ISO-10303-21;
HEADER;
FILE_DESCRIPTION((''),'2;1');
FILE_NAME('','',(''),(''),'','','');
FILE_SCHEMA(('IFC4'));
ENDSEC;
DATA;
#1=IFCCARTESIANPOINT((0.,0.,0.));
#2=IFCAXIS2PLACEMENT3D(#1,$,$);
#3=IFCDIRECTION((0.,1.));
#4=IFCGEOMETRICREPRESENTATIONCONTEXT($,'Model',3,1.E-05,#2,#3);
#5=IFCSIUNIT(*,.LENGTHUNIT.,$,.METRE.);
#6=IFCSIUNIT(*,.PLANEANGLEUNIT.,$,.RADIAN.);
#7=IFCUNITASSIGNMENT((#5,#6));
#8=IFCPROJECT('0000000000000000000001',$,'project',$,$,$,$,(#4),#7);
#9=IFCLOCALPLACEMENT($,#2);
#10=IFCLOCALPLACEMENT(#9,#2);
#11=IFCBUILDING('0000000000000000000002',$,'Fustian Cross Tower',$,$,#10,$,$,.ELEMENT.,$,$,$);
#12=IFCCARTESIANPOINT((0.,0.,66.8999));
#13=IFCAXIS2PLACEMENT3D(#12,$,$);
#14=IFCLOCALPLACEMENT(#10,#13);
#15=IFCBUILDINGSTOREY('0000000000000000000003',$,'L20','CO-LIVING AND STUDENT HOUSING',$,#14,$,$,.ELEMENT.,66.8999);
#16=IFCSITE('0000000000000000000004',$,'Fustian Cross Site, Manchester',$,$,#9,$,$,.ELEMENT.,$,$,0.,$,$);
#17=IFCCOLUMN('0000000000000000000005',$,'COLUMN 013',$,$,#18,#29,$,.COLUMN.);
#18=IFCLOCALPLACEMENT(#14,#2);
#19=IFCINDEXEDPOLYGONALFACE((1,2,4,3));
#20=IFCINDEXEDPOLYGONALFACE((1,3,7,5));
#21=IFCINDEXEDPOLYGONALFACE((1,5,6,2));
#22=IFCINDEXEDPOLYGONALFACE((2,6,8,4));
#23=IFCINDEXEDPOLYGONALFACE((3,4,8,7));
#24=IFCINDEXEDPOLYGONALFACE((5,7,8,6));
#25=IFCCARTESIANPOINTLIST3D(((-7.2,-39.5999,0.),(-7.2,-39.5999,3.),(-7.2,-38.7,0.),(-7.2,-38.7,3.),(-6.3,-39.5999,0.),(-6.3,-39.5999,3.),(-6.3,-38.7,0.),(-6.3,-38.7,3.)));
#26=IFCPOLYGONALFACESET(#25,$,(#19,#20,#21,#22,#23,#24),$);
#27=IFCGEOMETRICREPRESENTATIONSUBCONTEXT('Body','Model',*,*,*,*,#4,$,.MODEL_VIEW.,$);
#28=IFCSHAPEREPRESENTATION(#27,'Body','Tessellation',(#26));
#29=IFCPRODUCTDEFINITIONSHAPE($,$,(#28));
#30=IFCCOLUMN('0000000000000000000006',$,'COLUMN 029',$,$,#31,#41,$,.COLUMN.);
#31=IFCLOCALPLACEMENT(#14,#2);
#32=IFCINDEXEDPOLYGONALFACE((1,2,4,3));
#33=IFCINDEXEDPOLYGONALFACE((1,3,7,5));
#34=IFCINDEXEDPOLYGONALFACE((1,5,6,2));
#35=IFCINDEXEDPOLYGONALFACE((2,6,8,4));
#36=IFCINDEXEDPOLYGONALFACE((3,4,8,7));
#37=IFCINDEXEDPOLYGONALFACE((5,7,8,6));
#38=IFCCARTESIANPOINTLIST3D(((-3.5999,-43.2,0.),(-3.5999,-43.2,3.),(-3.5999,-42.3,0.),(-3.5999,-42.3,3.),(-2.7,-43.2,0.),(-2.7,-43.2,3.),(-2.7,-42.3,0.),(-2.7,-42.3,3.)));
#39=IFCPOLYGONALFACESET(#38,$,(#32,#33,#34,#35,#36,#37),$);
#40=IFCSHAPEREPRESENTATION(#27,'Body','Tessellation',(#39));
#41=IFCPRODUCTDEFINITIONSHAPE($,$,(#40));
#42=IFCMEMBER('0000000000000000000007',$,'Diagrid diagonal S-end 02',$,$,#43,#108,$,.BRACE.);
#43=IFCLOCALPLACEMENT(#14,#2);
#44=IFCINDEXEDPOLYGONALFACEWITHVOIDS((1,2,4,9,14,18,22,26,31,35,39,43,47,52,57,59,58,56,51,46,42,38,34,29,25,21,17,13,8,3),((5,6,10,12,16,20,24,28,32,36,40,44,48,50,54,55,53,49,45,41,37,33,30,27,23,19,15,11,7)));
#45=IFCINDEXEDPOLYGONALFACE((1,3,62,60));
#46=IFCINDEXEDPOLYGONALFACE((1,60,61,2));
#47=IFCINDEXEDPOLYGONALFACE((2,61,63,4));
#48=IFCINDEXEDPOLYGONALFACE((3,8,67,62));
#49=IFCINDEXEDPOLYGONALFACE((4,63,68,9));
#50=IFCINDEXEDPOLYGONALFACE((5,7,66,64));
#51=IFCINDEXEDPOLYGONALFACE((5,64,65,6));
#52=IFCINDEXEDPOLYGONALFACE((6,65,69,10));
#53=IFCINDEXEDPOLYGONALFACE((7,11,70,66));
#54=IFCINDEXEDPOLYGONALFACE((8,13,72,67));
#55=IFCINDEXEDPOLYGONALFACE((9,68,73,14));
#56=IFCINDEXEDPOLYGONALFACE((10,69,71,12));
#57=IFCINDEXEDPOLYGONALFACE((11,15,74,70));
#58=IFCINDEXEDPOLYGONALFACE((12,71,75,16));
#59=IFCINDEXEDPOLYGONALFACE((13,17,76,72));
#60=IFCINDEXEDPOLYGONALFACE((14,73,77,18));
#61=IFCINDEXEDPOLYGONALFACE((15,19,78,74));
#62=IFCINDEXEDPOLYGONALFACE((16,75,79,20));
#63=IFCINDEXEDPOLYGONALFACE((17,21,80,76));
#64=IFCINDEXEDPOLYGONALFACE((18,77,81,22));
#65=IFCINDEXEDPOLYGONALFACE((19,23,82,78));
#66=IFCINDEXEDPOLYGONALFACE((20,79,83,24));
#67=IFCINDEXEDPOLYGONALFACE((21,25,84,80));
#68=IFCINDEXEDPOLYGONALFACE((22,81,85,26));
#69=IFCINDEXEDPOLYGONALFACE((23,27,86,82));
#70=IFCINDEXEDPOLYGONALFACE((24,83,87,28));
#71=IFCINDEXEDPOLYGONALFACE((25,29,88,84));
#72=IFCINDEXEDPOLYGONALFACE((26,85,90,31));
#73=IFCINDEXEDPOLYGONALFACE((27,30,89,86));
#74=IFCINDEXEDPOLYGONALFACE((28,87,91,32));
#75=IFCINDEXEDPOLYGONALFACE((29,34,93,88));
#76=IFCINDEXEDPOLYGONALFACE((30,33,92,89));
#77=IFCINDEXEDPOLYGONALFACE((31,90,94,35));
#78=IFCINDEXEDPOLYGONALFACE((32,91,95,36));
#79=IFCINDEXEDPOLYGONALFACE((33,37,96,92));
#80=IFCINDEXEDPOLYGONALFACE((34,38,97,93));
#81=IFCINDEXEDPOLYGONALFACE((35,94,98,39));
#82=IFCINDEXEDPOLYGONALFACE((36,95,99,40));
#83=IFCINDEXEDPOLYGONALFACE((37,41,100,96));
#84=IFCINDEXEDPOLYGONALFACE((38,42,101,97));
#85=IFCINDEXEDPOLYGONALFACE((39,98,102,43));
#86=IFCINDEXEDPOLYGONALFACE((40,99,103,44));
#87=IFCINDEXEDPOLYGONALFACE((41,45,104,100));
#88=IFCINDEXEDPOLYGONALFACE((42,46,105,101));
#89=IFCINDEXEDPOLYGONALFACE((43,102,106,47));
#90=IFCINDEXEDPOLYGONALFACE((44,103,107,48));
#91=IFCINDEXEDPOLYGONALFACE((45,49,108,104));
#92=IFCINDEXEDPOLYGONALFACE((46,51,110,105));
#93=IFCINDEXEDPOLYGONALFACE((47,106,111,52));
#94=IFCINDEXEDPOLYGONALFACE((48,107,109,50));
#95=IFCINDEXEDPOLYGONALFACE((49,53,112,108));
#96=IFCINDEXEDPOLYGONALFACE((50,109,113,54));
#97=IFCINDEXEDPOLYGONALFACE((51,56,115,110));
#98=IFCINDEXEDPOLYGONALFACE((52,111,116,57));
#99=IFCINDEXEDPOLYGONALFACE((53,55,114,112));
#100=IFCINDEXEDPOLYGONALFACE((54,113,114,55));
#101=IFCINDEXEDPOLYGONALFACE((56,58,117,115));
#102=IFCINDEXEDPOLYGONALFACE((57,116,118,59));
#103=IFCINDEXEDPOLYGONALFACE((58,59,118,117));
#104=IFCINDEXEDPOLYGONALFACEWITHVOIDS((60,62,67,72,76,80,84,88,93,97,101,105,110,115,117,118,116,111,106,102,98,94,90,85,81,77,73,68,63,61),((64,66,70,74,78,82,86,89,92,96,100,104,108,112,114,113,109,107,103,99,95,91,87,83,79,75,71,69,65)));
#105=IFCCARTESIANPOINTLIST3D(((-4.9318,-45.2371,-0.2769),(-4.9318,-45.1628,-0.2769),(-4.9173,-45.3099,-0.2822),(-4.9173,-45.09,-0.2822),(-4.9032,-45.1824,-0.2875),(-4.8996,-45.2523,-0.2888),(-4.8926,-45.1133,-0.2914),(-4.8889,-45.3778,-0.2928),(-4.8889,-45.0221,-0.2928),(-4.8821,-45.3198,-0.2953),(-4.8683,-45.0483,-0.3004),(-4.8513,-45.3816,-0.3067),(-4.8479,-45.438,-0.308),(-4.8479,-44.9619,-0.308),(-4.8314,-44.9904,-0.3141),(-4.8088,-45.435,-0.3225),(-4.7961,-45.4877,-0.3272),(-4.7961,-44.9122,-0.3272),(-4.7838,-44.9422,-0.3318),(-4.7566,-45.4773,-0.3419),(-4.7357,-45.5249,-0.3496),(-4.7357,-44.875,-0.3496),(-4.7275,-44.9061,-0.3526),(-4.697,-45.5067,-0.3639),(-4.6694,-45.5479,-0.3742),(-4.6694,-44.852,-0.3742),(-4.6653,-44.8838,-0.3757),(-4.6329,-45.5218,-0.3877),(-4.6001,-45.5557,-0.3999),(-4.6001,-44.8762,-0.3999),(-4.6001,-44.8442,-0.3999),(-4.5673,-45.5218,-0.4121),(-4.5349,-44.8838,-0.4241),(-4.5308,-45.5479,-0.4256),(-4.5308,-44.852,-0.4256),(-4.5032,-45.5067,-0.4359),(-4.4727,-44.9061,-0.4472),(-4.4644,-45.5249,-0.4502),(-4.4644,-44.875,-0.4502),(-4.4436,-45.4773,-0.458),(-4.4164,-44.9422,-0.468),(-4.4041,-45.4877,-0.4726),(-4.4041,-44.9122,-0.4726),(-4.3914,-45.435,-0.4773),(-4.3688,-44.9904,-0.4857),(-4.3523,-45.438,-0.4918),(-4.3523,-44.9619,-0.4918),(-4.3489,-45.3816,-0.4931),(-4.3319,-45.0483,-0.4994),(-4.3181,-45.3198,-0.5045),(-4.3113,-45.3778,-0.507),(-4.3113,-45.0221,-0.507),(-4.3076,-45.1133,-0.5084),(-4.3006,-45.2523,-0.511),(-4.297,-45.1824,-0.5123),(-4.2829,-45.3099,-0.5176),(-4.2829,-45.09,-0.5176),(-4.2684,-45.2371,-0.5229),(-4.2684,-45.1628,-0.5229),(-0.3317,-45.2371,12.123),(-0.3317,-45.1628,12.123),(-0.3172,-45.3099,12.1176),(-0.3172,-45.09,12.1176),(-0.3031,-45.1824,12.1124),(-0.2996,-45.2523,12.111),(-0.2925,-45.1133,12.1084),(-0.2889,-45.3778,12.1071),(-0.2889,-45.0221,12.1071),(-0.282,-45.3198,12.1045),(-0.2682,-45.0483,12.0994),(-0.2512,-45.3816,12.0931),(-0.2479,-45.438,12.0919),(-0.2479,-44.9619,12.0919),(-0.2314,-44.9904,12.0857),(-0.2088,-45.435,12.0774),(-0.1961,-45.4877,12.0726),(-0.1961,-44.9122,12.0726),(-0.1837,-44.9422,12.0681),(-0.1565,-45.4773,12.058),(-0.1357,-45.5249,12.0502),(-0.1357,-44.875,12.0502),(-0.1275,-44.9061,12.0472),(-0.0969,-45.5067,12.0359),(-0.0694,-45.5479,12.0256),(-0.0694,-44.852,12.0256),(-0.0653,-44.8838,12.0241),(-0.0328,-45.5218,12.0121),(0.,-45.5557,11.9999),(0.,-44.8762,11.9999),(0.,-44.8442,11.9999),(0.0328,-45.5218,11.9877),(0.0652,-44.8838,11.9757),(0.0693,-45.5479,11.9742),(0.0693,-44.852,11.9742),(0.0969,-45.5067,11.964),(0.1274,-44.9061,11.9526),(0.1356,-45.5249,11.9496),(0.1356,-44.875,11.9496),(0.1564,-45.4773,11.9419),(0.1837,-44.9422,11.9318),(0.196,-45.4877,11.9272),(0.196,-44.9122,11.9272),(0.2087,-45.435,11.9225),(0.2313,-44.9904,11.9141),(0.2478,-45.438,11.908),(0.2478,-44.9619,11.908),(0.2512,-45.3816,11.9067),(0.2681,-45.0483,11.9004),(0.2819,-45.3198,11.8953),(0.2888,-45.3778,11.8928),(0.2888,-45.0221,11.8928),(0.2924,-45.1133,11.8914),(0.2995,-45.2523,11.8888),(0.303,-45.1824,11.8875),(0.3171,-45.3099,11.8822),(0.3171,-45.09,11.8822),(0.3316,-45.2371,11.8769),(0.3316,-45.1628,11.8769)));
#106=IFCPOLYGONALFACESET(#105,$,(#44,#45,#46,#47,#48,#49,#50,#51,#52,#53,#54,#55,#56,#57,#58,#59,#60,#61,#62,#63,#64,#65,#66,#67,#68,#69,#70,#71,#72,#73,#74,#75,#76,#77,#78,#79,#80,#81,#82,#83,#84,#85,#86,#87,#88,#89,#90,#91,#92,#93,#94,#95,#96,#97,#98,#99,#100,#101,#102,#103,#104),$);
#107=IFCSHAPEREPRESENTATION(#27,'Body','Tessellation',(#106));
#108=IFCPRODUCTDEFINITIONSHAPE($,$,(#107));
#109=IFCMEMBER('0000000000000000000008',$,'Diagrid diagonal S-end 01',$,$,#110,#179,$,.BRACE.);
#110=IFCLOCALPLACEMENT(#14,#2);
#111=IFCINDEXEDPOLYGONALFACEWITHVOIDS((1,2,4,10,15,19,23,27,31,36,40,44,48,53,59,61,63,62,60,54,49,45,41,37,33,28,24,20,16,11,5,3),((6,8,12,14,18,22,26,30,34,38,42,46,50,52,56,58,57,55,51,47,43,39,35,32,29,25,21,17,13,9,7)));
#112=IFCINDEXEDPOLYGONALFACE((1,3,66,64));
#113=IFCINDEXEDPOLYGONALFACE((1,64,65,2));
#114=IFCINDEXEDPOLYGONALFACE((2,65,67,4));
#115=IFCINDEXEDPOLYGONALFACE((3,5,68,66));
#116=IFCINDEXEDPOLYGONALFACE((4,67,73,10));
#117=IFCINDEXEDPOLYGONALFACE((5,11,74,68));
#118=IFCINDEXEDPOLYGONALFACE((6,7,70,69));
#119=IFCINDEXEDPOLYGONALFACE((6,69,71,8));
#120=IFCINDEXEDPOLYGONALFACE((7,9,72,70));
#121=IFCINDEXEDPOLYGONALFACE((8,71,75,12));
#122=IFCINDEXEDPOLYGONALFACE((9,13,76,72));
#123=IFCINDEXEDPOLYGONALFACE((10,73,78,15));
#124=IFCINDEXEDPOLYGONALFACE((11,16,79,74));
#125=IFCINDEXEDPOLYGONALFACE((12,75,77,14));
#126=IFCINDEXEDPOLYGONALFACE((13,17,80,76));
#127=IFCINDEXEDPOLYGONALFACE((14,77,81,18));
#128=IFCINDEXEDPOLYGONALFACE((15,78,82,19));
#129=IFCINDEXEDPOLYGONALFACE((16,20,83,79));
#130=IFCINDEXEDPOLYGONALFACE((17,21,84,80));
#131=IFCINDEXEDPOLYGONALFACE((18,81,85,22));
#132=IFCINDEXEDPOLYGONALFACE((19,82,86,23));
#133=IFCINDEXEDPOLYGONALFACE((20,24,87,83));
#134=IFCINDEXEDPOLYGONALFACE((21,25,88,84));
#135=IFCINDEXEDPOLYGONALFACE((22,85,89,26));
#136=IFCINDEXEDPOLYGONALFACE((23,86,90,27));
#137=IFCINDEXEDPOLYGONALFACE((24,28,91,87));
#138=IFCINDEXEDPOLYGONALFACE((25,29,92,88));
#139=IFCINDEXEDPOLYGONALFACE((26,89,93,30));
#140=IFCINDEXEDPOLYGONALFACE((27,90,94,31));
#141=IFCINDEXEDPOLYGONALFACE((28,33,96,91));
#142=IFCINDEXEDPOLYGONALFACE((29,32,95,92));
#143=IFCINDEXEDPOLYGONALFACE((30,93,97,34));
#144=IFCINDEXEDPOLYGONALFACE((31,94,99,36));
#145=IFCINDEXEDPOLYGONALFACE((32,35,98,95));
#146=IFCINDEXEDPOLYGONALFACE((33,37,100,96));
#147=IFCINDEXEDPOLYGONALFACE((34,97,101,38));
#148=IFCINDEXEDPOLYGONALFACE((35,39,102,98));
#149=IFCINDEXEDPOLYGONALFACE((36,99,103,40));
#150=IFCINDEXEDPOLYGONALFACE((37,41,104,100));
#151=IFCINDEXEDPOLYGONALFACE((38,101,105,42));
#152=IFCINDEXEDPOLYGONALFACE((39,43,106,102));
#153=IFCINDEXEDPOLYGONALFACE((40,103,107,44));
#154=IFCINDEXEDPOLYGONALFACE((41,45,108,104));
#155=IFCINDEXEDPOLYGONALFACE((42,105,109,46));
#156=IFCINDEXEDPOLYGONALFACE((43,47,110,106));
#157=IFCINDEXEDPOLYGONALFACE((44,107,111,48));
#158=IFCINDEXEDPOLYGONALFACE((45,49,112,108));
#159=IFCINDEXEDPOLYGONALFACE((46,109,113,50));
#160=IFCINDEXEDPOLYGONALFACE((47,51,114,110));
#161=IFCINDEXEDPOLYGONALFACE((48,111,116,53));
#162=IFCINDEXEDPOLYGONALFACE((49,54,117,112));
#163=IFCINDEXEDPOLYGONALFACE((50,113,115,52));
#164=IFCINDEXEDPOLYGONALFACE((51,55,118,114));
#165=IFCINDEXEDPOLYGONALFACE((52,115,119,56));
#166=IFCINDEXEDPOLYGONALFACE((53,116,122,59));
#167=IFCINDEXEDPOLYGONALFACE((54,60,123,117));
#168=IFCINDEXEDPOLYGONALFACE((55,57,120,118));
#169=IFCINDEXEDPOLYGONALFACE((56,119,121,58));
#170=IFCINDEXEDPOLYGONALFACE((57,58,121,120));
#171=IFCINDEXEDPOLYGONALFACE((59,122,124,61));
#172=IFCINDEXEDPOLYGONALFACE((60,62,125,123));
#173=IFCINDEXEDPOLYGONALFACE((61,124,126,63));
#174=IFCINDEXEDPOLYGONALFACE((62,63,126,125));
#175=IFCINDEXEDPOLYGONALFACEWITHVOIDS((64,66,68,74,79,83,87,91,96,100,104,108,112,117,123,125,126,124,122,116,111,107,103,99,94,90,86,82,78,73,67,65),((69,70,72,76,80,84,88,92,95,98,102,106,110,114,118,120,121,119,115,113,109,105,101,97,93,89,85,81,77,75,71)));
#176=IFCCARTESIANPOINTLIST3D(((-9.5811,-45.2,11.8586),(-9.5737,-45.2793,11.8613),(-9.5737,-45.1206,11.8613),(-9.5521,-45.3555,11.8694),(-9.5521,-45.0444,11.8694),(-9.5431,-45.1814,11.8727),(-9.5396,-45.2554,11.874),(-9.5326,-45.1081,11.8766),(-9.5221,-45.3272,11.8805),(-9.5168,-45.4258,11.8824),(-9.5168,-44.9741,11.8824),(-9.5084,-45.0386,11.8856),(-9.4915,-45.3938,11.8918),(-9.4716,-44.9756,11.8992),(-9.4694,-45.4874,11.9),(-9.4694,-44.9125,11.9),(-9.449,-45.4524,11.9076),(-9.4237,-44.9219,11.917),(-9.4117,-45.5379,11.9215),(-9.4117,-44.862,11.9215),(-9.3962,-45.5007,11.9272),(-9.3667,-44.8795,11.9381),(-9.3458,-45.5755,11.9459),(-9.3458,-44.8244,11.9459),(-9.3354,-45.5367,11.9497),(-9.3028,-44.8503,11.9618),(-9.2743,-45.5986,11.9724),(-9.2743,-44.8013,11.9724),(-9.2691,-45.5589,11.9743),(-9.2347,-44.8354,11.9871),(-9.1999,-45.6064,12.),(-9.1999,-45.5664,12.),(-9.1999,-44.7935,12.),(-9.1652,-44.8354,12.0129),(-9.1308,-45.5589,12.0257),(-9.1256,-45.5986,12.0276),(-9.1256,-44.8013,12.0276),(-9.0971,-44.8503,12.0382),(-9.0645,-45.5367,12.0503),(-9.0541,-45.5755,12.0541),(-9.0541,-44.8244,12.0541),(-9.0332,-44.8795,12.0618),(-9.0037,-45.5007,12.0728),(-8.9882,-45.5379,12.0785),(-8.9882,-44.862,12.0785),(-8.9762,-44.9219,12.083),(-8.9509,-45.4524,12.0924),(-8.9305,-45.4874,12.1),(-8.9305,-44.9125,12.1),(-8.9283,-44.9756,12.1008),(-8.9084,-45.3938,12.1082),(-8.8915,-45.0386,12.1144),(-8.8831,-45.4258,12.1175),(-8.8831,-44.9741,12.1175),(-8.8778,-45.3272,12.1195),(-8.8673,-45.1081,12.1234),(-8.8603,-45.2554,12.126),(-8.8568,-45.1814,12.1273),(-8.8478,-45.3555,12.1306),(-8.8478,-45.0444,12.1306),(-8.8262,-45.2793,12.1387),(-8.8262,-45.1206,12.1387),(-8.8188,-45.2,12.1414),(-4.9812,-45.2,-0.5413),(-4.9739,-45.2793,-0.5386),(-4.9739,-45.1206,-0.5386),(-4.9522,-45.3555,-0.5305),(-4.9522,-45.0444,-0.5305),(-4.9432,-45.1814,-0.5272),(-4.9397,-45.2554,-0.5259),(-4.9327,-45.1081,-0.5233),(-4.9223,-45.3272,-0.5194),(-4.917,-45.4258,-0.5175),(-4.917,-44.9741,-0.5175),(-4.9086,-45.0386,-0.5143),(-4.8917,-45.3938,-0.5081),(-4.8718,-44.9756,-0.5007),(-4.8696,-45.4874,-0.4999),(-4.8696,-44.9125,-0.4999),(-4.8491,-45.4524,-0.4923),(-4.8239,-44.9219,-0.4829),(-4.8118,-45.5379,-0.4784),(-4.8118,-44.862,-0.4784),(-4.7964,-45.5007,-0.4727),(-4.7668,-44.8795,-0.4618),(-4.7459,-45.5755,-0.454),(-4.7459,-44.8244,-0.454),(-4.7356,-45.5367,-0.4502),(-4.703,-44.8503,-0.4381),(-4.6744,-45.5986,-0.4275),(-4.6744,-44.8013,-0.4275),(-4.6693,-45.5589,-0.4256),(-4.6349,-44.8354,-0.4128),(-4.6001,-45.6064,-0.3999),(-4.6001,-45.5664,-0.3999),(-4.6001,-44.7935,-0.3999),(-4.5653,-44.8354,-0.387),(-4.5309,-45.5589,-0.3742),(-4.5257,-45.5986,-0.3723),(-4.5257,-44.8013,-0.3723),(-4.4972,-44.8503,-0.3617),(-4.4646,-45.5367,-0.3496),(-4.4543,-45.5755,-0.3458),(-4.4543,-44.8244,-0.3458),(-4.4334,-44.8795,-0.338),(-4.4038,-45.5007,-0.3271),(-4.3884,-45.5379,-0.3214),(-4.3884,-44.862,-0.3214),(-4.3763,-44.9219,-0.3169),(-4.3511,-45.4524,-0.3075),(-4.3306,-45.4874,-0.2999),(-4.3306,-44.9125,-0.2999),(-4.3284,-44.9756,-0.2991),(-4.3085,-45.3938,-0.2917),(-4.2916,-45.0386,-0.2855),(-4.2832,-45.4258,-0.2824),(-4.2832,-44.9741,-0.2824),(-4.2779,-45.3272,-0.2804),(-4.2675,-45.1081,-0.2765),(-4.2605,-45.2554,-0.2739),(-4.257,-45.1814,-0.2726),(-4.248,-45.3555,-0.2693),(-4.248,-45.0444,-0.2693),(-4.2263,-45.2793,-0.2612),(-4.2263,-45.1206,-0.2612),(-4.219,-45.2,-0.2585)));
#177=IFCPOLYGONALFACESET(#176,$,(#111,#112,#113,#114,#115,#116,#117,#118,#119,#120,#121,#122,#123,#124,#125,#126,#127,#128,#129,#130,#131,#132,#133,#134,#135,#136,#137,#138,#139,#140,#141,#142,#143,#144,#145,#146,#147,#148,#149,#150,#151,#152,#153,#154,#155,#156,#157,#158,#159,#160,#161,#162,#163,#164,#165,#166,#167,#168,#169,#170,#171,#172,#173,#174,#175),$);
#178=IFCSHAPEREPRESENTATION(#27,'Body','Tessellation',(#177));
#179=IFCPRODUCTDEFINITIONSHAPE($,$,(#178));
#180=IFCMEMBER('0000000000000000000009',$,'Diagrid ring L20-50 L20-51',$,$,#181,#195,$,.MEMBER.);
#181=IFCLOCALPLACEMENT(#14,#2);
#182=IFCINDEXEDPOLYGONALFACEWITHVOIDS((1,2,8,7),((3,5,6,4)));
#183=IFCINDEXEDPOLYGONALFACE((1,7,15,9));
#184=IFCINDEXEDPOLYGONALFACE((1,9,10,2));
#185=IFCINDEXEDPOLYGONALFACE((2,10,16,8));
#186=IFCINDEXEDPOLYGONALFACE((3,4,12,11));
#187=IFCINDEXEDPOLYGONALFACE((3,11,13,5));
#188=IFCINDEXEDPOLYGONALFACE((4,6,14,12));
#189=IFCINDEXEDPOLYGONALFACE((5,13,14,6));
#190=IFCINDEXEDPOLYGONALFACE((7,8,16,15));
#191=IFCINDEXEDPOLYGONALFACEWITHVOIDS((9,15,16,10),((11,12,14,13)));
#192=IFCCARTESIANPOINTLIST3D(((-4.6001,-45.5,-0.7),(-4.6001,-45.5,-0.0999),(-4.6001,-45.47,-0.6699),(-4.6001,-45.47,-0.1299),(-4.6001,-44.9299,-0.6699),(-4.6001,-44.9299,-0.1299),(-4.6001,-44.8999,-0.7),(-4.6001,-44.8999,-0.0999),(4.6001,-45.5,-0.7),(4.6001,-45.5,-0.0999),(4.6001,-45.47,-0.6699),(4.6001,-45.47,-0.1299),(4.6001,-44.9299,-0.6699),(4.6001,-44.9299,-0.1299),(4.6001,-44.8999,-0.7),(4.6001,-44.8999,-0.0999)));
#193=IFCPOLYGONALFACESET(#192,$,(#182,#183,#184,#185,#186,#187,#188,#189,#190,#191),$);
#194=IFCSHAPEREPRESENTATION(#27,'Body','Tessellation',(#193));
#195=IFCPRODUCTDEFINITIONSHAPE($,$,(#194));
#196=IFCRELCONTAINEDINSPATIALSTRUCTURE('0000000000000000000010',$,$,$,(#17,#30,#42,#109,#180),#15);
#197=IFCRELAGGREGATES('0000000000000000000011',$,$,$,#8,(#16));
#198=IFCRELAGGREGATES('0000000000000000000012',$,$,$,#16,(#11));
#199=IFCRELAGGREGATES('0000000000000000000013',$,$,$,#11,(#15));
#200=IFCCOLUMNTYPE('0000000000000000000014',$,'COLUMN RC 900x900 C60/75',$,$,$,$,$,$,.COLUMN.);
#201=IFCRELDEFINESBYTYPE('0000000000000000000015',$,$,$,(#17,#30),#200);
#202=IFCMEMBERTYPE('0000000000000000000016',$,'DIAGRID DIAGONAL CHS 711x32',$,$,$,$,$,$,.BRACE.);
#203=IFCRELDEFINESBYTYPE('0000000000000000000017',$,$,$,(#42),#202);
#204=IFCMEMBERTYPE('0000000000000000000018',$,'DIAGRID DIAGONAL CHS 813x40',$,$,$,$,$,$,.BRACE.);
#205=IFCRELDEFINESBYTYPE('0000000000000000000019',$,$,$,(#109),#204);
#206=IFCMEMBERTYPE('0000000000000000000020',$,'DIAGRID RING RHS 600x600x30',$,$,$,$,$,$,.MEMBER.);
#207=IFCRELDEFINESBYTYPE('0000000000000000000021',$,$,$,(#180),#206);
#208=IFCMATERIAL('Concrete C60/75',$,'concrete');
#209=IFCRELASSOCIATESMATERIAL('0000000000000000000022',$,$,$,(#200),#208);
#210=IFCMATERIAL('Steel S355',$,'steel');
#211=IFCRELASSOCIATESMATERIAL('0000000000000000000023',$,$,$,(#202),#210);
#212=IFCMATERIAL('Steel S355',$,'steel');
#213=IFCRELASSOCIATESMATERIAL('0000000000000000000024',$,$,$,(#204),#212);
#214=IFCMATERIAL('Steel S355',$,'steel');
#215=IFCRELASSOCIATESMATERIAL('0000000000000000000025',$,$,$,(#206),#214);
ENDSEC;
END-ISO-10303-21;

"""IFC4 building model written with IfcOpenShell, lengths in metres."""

from ifc_helpers import new_model, si_unit, direction, frame, origin, origin_2d, place, context, subcontext, project, spatial, rectangle, hollow_rectangle, hollow_circle, extrude, material, material_profile, profile_set, type_object, element, save


model = new_model("IFC4")

# Units and contexts
model_context = context("Model", 3, precision=1e-05, world=origin(), true_north=direction((0.0, 1.0)))
body_context = subcontext(model_context, "Body", "Model", "MODEL_VIEW")
ifc_project = project(units=[si_unit("LENGTHUNIT", "METRE"), si_unit("PLANEANGLEUNIT", "RADIAN")], contexts=[model_context])

# Site, building, storey
site_placement = place(None, origin())
site = spatial("IfcSite", under=ifc_project, at=site_placement, Name="Fustian Cross Site, Manchester", CompositionType="ELEMENT", RefElevation=0.0)
building_placement = place(site_placement, origin())
building = spatial("IfcBuilding", under=site, at=building_placement, Name="Fustian Cross Tower", CompositionType="ELEMENT")
storey_placement = place(building_placement, frame((0.0, 0.0, 66.8999)))
storey = spatial("IfcBuildingStorey", under=building, at=storey_placement, Name="L20", Description="CO-LIVING AND STUDENT HOUSING", CompositionType="ELEMENT", Elevation=66.8999)

# Columns
ifc_material_1 = material(Name="Concrete C60/75", Category="concrete")
ifc_material_profile_1 = material_profile(ifc_material_1, rectangle(XDim=0.8999, YDim=0.8999, at=origin_2d()), Name="RC 900x900")
ifc_profile_set_1 = profile_set([ifc_material_profile_1], Name="Concrete C60/75")
column_type = type_object("IfcColumnType", Name="COLUMN RC 900x900 C60/75", PredefinedType="COLUMN", material=ifc_profile_set_1)
for number, where, z_axis, x_axis, name in (
    (1, (-6.75, -39.1499, 0.0), (0.0, 0.0, 1.0), (1.0, 0.0, 0.0), "COLUMN 013"),
    (2, (-3.1499, -42.75, 0.0), (0.0, 0.0, 1.0), (1.0, 0.0, 0.0), "COLUMN 029"),
):
    element("IfcColumn", number, at=place(storey_placement, frame(where, z_axis=z_axis, x_axis=x_axis)), inside=storey, type_object=column_type, Name=name, PredefinedType="COLUMN", context=body_context, shape_type="SweptSolid", body=[
        extrude(rectangle(XDim=0.8999, YDim=0.8999, at=origin_2d()), origin(), (0.0, 0.0, 1.0), 3.0),
    ])

# Members
ifc_material_2 = material(Name="Steel S355", Category="steel")
ifc_material_profile_2 = material_profile(ifc_material_2, hollow_circle(Radius=0.3557, WallThickness=0.032, at=origin_2d()), Name="CHS 711x32")
ifc_profile_set_2 = profile_set([ifc_material_profile_2], Name="Steel S355")
member_type_1 = type_object("IfcMemberType", Name="DIAGRID DIAGONAL CHS 711x32", PredefinedType="BRACE", material=ifc_profile_set_2)
member_1_placement = place(storey_placement, frame((-4.6001, -45.2, -0.3999), z_axis=(0.347816, 0.0, 0.937563), x_axis=(0.0, 1.0, 0.0)))
element("IfcMember", 3, at=member_1_placement, inside=storey, type_object=member_type_1, Name="Diagrid diagonal S-end 02", PredefinedType="BRACE", context=body_context, shape_type="SweptSolid", body=[
    extrude(hollow_circle(Radius=0.3557, WallThickness=0.032, at=origin_2d()), origin(), (0.0, 0.0, 1.0), 13.2256),
])
ifc_material_3 = material(Name="Steel S355", Category="steel")
ifc_material_profile_3 = material_profile(ifc_material_3, hollow_circle(Radius=0.4065, WallThickness=0.04, at=origin_2d()), Name="CHS 813x40")
ifc_profile_set_3 = profile_set([ifc_material_profile_3], Name="Steel S355")
member_type_2 = type_object("IfcMemberType", Name="DIAGRID DIAGONAL CHS 813x40", PredefinedType="BRACE", material=ifc_profile_set_3)
member_2_placement = place(storey_placement, frame((-4.6001, -45.2, -0.3999), z_axis=(-0.347799, 0.0, 0.937569), x_axis=(0.0, -1.0, 0.0)))
element("IfcMember", 4, at=member_2_placement, inside=storey, type_object=member_type_2, Name="Diagrid diagonal S-end 01", PredefinedType="BRACE", context=body_context, shape_type="SweptSolid", body=[
    extrude(hollow_circle(Radius=0.4065, WallThickness=0.04, at=origin_2d()), origin(), (0.0, 0.0, 1.0), 13.2256),
])
ifc_material_4 = material(Name="Steel S355", Category="steel")
ifc_material_profile_4 = material_profile(ifc_material_4, hollow_rectangle(XDim=0.6001, YDim=0.6001, WallThickness=0.03, at=origin_2d()), Name="RHS 600x600x30")
ifc_profile_set_4 = profile_set([ifc_material_profile_4], Name="Steel S355")
member_type_3 = type_object("IfcMemberType", Name="DIAGRID RING RHS 600x600x30", PredefinedType="MEMBER", material=ifc_profile_set_4)
member_3_placement = place(storey_placement, frame((-4.6001, -45.2, -0.3999), z_axis=(1.0, 0.0, 0.0), x_axis=(0.0, 1.0, 0.0)))
element("IfcMember", 5, at=member_3_placement, inside=storey, type_object=member_type_3, Name="Diagrid ring L20-50 L20-51", PredefinedType="MEMBER", context=body_context, shape_type="SweptSolid", body=[
    extrude(hollow_rectangle(XDim=0.6001, YDim=0.6001, WallThickness=0.03, at=origin_2d()), origin(), (0.0, 0.0, 1.0), 9.2002),
])

save(model, "model.ifc")
